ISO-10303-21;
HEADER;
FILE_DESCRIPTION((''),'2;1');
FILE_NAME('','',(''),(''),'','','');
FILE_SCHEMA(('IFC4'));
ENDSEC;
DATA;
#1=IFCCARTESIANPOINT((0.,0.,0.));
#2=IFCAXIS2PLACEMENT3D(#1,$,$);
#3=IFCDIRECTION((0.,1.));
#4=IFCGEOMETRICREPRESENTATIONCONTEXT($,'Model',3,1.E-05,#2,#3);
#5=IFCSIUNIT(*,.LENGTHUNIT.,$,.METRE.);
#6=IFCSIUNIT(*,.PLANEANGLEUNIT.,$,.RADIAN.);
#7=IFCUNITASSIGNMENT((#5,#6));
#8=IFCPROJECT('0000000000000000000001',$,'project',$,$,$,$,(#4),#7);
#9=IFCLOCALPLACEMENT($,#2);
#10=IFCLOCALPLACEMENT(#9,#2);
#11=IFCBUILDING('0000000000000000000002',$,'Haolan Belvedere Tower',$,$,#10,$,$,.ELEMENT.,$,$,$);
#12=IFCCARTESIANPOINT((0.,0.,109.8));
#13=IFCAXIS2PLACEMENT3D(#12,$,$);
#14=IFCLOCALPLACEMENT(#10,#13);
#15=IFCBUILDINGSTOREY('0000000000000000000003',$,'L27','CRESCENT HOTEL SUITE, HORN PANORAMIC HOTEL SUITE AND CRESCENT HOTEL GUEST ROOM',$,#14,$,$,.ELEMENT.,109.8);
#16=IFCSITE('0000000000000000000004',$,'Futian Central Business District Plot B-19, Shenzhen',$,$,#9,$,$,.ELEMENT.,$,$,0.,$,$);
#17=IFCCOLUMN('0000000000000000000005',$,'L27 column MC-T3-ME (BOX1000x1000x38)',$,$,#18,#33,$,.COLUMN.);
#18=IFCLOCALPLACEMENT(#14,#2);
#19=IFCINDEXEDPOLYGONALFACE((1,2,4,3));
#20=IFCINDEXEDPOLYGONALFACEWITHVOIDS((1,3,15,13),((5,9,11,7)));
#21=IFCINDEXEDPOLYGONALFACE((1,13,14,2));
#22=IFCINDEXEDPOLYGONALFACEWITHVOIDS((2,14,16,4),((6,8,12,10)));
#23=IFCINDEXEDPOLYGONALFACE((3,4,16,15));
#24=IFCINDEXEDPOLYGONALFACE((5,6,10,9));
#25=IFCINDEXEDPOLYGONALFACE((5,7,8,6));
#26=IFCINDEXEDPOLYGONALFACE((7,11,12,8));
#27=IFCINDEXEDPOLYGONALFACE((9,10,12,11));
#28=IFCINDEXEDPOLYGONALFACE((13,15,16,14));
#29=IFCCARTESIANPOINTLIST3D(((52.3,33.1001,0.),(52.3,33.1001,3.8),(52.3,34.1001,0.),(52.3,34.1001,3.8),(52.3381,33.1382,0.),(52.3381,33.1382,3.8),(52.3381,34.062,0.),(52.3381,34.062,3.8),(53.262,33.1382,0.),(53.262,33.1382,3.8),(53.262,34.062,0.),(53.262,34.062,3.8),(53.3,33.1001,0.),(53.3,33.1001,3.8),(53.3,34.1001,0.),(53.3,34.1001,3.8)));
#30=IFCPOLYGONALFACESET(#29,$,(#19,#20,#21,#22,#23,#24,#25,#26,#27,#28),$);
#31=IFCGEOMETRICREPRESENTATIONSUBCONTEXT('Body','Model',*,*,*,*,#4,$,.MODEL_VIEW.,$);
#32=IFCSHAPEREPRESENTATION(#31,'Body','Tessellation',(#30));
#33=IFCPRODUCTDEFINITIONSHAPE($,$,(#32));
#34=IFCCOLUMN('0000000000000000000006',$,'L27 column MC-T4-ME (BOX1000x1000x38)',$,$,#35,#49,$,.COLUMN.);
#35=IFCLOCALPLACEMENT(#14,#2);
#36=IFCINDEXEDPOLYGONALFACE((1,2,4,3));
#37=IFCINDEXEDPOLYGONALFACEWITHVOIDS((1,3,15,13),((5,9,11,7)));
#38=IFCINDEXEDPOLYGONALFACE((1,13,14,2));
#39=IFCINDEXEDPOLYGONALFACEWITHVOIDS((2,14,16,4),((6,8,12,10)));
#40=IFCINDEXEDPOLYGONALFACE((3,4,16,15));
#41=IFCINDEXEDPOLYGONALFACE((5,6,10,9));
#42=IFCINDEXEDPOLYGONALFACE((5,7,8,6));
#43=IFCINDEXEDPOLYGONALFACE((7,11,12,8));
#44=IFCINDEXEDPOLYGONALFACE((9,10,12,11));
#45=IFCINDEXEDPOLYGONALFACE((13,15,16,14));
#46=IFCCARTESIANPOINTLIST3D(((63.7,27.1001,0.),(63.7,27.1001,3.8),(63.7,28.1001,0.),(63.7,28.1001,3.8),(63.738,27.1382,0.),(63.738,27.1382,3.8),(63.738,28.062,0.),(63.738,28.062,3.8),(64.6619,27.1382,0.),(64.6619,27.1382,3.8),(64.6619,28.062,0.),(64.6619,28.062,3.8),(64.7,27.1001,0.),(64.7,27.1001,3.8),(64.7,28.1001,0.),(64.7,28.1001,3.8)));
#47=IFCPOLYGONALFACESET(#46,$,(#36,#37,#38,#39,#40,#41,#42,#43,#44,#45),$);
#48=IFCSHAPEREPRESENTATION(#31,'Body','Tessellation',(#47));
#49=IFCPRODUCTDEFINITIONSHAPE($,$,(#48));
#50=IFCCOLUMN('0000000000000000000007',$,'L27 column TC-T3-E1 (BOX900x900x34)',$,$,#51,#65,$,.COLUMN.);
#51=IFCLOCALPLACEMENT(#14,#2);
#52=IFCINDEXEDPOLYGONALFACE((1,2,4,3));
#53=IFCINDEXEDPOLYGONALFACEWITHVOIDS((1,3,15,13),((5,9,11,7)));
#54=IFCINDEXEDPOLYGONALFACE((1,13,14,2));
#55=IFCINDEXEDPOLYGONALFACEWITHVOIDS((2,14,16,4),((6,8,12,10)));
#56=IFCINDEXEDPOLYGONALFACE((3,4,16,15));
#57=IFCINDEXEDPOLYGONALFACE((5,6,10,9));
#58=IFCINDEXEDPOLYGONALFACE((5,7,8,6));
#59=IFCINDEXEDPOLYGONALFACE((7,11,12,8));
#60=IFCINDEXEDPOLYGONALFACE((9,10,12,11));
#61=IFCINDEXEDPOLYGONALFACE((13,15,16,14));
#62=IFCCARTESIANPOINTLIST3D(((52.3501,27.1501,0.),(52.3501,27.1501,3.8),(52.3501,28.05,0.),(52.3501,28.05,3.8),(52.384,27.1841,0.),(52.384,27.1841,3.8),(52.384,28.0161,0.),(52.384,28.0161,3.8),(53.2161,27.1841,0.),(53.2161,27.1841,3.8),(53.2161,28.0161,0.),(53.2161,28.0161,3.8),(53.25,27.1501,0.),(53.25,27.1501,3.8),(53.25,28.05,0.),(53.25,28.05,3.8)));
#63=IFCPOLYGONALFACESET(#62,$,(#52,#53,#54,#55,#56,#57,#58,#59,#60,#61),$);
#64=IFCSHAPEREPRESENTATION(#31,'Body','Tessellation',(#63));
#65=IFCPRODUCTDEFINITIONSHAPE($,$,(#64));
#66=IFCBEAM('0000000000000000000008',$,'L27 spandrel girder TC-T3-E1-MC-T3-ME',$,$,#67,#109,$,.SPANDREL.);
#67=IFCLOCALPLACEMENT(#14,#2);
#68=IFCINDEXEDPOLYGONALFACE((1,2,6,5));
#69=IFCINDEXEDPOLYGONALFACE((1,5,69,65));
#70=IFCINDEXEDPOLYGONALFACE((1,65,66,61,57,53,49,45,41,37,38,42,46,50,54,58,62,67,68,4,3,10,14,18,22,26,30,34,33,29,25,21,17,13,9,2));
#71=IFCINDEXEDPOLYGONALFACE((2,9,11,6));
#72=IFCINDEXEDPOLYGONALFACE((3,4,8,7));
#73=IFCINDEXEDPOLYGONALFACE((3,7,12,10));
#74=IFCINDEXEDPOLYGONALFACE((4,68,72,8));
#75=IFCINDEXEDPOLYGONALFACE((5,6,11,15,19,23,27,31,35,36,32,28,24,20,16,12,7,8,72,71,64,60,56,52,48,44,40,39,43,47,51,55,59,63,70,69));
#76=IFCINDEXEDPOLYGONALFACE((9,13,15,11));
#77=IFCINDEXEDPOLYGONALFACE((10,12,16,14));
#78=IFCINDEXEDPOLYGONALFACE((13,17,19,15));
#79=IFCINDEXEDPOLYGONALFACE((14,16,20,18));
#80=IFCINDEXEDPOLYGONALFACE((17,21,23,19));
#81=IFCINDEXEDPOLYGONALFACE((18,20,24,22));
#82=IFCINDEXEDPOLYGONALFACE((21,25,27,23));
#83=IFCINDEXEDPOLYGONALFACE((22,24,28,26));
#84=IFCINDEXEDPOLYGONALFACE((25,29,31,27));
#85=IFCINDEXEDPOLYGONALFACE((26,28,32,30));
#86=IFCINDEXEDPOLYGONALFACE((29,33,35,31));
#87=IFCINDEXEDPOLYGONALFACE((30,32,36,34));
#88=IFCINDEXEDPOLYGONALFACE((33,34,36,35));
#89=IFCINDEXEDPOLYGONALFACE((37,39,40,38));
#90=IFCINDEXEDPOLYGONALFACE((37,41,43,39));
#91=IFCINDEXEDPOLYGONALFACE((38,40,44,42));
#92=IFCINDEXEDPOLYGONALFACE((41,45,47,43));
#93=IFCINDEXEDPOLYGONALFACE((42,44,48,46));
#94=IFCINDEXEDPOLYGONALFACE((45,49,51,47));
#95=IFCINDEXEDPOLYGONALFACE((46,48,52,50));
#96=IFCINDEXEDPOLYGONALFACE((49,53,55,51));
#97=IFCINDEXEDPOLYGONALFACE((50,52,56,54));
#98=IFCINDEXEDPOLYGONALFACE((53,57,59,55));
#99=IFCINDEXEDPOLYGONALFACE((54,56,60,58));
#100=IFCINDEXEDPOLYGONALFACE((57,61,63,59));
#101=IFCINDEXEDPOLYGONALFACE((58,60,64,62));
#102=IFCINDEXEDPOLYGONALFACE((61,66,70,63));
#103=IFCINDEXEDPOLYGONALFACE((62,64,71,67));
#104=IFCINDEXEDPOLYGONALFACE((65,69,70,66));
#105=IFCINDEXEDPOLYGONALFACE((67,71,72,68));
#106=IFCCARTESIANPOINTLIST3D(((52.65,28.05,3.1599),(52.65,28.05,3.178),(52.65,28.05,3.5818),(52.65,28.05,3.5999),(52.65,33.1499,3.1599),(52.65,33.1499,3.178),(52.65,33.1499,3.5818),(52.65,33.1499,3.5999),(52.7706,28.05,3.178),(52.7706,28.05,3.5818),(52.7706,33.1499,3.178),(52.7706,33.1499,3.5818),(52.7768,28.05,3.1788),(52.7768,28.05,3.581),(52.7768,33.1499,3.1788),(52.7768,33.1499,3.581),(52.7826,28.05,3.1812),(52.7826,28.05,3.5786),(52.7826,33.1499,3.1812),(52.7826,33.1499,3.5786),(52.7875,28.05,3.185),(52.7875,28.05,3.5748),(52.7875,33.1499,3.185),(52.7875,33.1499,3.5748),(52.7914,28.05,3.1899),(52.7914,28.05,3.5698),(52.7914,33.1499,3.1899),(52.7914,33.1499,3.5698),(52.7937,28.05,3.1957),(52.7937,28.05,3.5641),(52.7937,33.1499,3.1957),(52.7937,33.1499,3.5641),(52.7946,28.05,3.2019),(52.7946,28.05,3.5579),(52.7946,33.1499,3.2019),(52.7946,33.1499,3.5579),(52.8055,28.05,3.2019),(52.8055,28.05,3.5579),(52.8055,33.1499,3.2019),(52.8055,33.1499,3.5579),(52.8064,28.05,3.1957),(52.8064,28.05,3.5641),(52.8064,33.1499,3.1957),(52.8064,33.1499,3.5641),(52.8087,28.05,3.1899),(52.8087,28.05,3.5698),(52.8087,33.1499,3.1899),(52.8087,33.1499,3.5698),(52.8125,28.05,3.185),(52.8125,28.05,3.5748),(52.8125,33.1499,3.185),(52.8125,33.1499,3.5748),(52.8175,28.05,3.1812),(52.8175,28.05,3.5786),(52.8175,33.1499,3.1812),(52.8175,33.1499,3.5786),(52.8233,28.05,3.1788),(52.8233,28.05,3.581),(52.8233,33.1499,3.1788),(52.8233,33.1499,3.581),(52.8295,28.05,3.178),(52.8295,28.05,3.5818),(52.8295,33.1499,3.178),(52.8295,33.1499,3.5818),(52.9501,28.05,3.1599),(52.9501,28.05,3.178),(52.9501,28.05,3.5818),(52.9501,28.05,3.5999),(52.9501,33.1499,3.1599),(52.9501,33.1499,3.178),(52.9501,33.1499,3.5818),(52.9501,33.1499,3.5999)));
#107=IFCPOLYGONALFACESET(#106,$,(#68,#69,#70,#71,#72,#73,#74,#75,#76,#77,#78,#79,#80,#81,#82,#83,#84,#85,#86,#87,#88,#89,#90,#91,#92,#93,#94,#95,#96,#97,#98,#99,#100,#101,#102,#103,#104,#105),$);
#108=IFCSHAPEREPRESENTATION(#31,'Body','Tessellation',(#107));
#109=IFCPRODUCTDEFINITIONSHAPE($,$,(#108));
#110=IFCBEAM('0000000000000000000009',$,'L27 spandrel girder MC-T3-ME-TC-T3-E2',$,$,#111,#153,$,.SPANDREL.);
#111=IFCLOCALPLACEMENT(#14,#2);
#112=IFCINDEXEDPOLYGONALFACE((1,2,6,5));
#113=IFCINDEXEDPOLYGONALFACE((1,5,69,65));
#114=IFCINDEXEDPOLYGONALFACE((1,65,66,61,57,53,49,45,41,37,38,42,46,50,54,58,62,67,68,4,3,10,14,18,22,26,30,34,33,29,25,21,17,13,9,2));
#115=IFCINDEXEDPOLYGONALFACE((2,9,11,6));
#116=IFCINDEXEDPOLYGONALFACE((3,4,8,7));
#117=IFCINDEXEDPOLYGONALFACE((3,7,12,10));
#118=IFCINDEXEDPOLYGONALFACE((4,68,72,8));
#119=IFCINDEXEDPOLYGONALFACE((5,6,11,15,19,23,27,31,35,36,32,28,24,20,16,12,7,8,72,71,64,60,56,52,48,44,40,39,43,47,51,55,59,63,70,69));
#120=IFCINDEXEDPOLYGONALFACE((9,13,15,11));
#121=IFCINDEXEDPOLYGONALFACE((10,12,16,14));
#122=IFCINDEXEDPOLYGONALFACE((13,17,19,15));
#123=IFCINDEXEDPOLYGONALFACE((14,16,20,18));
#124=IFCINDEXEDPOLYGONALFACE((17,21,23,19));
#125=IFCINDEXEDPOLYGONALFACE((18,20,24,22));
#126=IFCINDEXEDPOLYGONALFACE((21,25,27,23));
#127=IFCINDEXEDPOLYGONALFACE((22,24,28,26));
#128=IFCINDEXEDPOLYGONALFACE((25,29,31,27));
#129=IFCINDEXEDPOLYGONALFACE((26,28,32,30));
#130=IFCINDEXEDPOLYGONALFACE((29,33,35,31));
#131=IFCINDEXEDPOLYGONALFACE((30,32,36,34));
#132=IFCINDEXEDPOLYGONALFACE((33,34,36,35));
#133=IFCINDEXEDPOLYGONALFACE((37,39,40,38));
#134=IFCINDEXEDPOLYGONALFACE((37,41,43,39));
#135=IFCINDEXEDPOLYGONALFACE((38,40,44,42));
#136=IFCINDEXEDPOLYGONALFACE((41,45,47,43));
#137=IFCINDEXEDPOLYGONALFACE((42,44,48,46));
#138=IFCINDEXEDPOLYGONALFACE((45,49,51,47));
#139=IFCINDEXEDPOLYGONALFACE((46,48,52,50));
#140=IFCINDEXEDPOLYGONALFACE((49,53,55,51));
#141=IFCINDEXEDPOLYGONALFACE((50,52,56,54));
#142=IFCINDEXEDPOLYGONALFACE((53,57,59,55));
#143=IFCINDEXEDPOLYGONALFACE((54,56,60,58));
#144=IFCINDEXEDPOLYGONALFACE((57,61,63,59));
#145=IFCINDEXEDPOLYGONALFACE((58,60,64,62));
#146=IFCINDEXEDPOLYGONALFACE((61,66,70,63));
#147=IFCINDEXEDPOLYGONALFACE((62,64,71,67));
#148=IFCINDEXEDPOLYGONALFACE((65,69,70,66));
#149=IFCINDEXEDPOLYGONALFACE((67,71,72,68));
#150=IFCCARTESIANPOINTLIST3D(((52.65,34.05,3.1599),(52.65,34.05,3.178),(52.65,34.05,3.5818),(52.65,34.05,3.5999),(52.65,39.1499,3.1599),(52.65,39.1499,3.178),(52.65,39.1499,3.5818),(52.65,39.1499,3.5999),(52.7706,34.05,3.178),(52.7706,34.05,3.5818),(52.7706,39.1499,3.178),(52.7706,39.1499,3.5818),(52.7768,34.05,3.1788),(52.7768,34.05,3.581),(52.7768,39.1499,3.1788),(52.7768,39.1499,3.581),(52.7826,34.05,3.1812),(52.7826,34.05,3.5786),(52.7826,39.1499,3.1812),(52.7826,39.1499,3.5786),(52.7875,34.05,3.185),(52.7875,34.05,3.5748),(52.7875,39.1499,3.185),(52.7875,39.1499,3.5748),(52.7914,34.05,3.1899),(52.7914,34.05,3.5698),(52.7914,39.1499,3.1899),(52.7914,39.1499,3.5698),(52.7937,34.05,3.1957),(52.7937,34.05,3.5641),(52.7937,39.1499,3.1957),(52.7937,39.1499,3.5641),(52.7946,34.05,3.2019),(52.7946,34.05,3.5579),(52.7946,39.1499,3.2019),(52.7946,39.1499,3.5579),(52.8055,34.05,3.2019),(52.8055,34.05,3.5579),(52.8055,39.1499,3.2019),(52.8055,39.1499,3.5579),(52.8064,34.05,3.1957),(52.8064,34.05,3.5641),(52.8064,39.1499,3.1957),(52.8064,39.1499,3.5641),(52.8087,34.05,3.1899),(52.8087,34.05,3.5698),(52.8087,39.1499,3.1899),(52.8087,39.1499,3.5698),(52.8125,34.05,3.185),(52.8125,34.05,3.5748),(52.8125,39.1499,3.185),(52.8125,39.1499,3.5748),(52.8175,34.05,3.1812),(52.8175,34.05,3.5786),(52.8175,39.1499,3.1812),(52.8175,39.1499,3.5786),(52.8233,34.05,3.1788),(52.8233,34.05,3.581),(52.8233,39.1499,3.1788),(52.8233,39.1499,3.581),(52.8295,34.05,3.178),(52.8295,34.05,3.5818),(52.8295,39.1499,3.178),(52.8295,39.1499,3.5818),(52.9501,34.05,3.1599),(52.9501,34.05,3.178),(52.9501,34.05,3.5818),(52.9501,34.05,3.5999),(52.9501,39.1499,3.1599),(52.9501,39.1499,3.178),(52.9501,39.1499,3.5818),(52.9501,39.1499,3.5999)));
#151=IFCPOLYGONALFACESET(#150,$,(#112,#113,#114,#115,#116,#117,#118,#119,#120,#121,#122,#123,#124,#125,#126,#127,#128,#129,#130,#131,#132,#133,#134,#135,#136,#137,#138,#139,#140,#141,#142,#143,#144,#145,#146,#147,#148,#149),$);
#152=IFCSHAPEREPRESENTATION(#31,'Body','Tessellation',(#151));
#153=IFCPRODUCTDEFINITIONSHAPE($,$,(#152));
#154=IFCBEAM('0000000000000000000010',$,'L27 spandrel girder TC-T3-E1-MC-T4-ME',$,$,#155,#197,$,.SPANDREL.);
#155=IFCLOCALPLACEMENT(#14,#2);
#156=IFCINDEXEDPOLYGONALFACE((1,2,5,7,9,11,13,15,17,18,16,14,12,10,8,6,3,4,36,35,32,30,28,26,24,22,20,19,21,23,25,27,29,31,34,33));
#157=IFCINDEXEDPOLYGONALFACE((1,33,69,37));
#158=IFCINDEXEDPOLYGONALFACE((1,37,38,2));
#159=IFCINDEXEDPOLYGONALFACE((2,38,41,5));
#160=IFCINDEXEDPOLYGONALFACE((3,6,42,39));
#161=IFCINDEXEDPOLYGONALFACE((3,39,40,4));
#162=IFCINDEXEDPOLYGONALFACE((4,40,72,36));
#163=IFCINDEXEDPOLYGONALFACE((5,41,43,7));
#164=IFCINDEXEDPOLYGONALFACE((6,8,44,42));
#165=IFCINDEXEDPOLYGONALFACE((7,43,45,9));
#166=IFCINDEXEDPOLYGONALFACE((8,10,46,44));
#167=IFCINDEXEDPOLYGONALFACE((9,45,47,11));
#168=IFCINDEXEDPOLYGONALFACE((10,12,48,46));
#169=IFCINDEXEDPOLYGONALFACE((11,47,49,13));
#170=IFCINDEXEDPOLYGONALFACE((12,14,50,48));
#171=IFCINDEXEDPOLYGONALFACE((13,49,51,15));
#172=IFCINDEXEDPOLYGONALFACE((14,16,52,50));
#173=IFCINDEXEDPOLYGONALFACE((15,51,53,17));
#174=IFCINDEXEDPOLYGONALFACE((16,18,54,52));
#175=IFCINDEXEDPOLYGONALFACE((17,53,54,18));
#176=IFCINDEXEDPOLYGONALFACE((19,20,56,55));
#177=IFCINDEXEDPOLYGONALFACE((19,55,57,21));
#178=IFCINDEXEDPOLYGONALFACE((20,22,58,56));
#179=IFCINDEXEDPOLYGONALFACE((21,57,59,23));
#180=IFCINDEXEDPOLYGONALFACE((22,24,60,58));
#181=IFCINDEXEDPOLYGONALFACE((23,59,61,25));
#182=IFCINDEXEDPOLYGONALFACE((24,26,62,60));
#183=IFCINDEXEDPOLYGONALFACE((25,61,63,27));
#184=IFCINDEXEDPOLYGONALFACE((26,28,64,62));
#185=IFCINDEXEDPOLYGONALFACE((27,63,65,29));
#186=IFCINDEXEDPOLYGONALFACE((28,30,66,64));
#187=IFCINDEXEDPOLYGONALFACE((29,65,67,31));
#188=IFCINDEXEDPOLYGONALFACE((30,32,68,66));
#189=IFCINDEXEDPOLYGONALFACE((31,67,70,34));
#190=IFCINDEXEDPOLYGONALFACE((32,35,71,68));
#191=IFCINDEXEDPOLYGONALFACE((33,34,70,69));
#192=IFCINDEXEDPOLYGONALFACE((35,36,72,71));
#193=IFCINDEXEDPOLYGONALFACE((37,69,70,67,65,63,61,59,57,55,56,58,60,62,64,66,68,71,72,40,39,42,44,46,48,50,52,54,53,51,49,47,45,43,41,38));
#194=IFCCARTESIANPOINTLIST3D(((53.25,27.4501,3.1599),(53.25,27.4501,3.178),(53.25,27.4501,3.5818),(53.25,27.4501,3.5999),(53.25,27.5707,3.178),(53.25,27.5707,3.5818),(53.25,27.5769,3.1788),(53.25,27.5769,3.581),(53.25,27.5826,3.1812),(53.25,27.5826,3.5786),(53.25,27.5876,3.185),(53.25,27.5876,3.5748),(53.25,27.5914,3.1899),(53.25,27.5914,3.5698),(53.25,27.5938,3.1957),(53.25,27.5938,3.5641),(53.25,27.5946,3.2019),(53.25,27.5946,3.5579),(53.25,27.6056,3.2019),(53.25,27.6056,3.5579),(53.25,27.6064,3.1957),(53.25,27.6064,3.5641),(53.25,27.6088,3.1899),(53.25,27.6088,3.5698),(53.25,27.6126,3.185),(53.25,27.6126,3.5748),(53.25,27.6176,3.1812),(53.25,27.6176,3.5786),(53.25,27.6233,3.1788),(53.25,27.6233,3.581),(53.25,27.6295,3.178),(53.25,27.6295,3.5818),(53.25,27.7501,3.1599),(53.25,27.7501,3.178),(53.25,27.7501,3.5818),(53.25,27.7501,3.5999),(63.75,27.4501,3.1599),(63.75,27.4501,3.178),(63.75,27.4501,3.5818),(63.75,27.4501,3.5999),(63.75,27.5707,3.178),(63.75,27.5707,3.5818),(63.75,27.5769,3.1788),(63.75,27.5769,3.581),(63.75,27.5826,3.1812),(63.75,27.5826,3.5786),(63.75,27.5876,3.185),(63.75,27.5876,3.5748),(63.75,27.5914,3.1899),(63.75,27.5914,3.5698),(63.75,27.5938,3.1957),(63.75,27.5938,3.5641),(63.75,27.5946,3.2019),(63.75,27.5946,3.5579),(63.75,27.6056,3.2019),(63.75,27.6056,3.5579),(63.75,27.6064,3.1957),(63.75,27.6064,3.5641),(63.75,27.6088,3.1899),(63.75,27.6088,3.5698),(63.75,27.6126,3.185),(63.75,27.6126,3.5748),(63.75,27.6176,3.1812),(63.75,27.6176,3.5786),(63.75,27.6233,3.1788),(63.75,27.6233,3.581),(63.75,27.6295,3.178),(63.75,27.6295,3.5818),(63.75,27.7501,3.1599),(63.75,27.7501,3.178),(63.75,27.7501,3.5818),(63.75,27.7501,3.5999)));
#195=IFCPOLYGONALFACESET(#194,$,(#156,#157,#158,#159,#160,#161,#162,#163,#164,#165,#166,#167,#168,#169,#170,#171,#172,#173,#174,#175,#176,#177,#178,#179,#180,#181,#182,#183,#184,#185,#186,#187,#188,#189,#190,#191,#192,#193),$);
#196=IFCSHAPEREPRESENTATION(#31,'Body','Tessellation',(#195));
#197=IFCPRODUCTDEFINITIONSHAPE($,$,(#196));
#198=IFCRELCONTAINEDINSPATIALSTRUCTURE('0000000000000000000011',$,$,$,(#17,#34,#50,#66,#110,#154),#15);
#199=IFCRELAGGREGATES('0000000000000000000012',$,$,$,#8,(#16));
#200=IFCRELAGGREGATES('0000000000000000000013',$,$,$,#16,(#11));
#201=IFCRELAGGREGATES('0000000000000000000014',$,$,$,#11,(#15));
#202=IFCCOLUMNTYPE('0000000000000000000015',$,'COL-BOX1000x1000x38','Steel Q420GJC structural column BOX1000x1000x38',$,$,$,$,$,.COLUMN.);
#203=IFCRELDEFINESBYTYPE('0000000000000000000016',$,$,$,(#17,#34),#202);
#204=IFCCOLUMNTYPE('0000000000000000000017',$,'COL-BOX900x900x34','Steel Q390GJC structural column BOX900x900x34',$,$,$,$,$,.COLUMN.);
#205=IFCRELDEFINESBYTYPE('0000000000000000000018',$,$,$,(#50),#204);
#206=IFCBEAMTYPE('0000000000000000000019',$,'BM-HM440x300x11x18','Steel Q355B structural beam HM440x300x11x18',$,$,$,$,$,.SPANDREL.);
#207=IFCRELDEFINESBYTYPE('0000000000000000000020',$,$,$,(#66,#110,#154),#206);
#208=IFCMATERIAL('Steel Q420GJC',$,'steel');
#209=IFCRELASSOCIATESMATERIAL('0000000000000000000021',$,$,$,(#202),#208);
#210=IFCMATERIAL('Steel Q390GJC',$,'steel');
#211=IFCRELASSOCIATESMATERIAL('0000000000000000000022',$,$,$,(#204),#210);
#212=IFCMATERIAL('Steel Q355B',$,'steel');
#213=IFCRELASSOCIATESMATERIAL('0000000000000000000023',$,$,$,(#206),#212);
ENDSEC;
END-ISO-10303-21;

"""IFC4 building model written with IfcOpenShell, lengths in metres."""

from ifc_helpers import new_model, si_unit, direction, frame, origin, origin_2d, place, context, subcontext, project, spatial, hollow_rectangle, i_section, extrude, material, material_profile, profile_set, type_object, element, save


model = new_model("IFC4")

# Units and contexts
model_context = context("Model", 3, precision=1e-05, world=origin(), true_north=direction((0.0, 1.0)))
body_context = subcontext(model_context, "Body", "Model", "MODEL_VIEW")
ifc_project = project(units=[si_unit("LENGTHUNIT", "METRE"), si_unit("PLANEANGLEUNIT", "RADIAN")], contexts=[model_context])

# Site, building, storey
site_placement = place(None, origin())
site = spatial("IfcSite", under=ifc_project, at=site_placement, Name="Futian Central Business District Plot B-19, Shenzhen", CompositionType="ELEMENT", RefElevation=0.0)
building_placement = place(site_placement, origin())
building = spatial("IfcBuilding", under=site, at=building_placement, Name="Haolan Belvedere Tower", CompositionType="ELEMENT")
storey_placement = place(building_placement, frame((0.0, 0.0, 109.8)))
storey = spatial("IfcBuildingStorey", under=building, at=storey_placement, Name="L27", Description="CRESCENT HOTEL SUITE, HORN PANORAMIC HOTEL SUITE AND CRESCENT HOTEL GUEST ROOM", CompositionType="ELEMENT", Elevation=109.8)

# Columns
ifc_material_1 = material(Name="Steel Q420GJC", Category="steel")
ifc_material_profile_1 = material_profile(ifc_material_1, hollow_rectangle(XDim=1.0, YDim=1.0, WallThickness=0.0381, at=origin_2d()), Name="Steel Q420GJC")
ifc_profile_set_1 = profile_set([ifc_material_profile_1], Name="Steel Q420GJC")
column_type_1 = type_object("IfcColumnType", Name="COL-BOX1000x1000x38", Description="Steel Q420GJC structural column BOX1000x1000x38", PredefinedType="COLUMN", material=ifc_profile_set_1)
for number, where, z_axis, x_axis, name in (
    (1, (52.8, 33.6001, 0.0), (0.0, 0.0, 1.0), (1.0, 0.0, 0.0), "L27 column MC-T3-ME (BOX1000x1000x38)"),
    (2, (64.2, 27.6001, 0.0), (0.0, 0.0, 1.0), (1.0, 0.0, 0.0), "L27 column MC-T4-ME (BOX1000x1000x38)"),
):
    element("IfcColumn", number, at=place(storey_placement, frame(where, z_axis=z_axis, x_axis=x_axis)), inside=storey, type_object=column_type_1, Name=name, PredefinedType="COLUMN", context=body_context, shape_type="SweptSolid", body=[
        extrude(hollow_rectangle(XDim=1.0, YDim=1.0, WallThickness=0.0381, at=origin_2d()), origin(), (0.0, 0.0, 1.0), 3.8),
    ])
ifc_material_2 = material(Name="Steel Q390GJC", Category="steel")
ifc_material_profile_2 = material_profile(ifc_material_2, hollow_rectangle(XDim=0.8999, YDim=0.8999, WallThickness=0.0339, at=origin_2d()), Name="Steel Q390GJC")
ifc_profile_set_2 = profile_set([ifc_material_profile_2], Name="Steel Q390GJC")
column_type_2 = type_object("IfcColumnType", Name="COL-BOX900x900x34", Description="Steel Q390GJC structural column BOX900x900x34", PredefinedType="COLUMN", material=ifc_profile_set_2)
column_placement = place(storey_placement, frame((52.8, 27.6001, 0.0), z_axis=(0.0, 0.0, 1.0), x_axis=(1.0, 0.0, 0.0)))
element("IfcColumn", 3, at=column_placement, inside=storey, type_object=column_type_2, Name="L27 column TC-T3-E1 (BOX900x900x34)", PredefinedType="COLUMN", context=body_context, shape_type="SweptSolid", body=[
    extrude(hollow_rectangle(XDim=0.8999, YDim=0.8999, WallThickness=0.0339, at=origin_2d()), origin(), (0.0, 0.0, 1.0), 3.8),
])

# Beams
ifc_material_3 = material(Name="Steel Q355B", Category="steel")
ifc_material_profile_3 = material_profile(ifc_material_3, i_section(OverallWidth=0.3, OverallDepth=0.4399, WebThickness=0.011, FlangeThickness=0.0181, FilletRadius=0.0239, at=origin_2d()), Name="Steel Q355B")
ifc_profile_set_3 = profile_set([ifc_material_profile_3], Name="Steel Q355B")
beam_type_1 = type_object("IfcBeamType", Name="BM-HM440x300x11x18", Description="Steel Q355B structural beam HM440x300x11x18", PredefinedType="SPANDREL", material=ifc_profile_set_3)
for number, where, z_axis, x_axis, name in (
    (4, (52.8, 28.05, 3.3799), (0.0, 1.0, 0.0), (-1.0, 0.0, 0.0), "L27 spandrel girder TC-T3-E1-MC-T3-ME"),
    (5, (52.8, 34.05, 3.3799), (0.0, 1.0, 0.0), (-1.0, 0.0, 0.0), "L27 spandrel girder MC-T3-ME-TC-T3-E2"),
):
    element("IfcBeam", number, at=place(storey_placement, frame(where, z_axis=z_axis, x_axis=x_axis)), inside=storey, type_object=beam_type_1, Name=name, PredefinedType="SPANDREL", context=body_context, shape_type="SweptSolid", body=[
        extrude(i_section(OverallWidth=0.3, OverallDepth=0.4399, WebThickness=0.011, FlangeThickness=0.0181, FilletRadius=0.0239, at=origin_2d()), origin(), (0.0, 0.0, 1.0), 5.0999),
    ])
beam_1_placement = place(storey_placement, frame((53.25, 27.6001, 3.3799), z_axis=(1.0, 0.0, 0.0), x_axis=(0.0, 1.0, 0.0)))
element("IfcBeam", 6, at=beam_1_placement, inside=storey, type_object=beam_type_1, Name="L27 spandrel girder TC-T3-E1-MC-T4-ME", PredefinedType="SPANDREL", context=body_context, shape_type="SweptSolid", body=[
    extrude(i_section(OverallWidth=0.3, OverallDepth=0.4399, WebThickness=0.011, FlangeThickness=0.0181, FilletRadius=0.0239, at=origin_2d()), origin(), (0.0, 0.0, 1.0), 10.5),
])

save(model, "model.ifc")
